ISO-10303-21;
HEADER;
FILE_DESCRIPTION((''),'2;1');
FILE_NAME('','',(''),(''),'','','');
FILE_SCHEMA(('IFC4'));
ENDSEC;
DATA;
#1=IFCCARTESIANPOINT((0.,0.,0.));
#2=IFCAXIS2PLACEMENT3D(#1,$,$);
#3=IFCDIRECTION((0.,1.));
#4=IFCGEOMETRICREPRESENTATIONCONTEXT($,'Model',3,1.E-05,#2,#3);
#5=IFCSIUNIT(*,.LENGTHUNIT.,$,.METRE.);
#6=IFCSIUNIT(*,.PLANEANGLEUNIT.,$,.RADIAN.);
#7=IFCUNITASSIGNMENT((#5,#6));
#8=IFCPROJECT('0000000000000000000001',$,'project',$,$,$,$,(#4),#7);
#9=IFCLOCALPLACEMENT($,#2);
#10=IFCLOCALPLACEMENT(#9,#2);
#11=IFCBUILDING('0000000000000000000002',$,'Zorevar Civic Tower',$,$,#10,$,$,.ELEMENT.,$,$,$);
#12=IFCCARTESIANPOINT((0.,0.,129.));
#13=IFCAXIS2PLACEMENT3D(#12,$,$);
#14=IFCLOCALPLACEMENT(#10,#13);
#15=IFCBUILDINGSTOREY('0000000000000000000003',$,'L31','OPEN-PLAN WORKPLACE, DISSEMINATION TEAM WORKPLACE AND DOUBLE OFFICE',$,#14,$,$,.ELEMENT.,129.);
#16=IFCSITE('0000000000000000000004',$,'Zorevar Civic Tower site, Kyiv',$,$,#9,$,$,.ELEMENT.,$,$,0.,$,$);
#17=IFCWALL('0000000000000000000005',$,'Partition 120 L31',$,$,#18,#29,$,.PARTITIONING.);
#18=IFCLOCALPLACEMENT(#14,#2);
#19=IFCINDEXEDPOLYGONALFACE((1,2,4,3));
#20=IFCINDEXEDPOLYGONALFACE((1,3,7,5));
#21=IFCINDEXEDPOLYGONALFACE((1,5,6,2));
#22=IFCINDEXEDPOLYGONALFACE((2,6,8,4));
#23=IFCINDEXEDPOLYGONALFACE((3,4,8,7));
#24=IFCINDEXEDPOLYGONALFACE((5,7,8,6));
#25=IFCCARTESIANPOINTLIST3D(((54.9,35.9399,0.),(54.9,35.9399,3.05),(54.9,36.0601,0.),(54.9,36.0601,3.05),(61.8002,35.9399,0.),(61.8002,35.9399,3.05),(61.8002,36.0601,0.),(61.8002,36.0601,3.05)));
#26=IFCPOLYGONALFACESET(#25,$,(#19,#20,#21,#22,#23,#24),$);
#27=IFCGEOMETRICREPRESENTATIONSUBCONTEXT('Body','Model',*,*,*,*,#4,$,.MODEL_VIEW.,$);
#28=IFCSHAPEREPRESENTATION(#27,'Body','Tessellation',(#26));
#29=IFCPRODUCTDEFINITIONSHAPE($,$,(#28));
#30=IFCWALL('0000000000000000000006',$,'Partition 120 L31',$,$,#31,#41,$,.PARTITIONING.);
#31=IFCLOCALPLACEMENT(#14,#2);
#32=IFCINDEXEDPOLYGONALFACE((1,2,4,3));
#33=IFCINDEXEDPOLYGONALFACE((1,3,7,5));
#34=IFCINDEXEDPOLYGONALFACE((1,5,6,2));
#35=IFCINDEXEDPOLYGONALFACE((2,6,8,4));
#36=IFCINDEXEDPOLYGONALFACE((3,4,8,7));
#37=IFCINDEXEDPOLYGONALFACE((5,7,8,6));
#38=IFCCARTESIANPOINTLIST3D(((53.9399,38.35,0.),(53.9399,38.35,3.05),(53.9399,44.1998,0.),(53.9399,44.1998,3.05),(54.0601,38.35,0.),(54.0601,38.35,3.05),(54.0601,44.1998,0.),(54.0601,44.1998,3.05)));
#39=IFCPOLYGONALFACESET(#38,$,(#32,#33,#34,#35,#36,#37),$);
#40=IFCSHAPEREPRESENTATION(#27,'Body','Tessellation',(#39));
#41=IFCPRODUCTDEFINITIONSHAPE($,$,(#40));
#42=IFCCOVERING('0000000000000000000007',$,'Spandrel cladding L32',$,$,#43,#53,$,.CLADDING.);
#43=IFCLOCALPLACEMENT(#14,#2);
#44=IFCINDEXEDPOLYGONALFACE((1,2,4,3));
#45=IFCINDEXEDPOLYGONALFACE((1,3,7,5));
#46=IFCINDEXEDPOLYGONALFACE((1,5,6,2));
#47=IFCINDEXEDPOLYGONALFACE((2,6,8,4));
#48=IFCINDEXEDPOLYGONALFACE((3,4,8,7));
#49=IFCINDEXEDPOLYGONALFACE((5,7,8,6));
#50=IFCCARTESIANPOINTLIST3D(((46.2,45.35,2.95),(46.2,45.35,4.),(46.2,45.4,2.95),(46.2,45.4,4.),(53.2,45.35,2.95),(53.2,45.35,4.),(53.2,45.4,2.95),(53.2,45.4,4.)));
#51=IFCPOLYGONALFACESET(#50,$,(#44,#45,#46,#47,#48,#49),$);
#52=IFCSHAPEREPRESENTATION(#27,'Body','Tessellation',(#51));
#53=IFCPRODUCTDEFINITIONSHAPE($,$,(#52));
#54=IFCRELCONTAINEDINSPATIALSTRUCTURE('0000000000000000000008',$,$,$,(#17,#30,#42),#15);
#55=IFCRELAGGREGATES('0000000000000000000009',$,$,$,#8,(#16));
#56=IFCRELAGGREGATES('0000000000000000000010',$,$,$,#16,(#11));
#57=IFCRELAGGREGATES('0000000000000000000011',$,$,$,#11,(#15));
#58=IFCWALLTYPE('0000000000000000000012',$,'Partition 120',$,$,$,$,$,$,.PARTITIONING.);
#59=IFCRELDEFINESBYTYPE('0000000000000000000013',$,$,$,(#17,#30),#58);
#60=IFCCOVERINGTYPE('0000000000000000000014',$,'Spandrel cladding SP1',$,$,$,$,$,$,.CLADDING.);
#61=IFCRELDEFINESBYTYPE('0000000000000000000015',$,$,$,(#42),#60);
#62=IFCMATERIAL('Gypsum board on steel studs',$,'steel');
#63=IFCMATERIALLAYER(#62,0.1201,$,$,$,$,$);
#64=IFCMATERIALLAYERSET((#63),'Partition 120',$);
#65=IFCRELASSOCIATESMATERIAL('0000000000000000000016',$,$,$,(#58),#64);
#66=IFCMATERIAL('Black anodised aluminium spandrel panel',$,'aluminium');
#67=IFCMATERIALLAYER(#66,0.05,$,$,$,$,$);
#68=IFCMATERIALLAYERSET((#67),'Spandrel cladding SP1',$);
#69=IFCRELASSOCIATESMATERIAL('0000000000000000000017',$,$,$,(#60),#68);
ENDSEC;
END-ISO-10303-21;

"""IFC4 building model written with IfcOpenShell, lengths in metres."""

from ifc_helpers import new_model, si_unit, direction, frame, frame_2d, origin, place, context, subcontext, project, spatial, rectangle, extrude, material, layer, layer_set, type_object, element, save


model = new_model("IFC4")

# Units and contexts
model_context = context("Model", 3, precision=1e-05, world=origin(), true_north=direction((0.0, 1.0)))
body_context = subcontext(model_context, "Body", "Model", "MODEL_VIEW")
ifc_project = project(units=[si_unit("LENGTHUNIT", "METRE"), si_unit("PLANEANGLEUNIT", "RADIAN")], contexts=[model_context])

# Site, building, storey
site_placement = place(None, origin())
site = spatial("IfcSite", under=ifc_project, at=site_placement, Name="Zorevar Civic Tower site, Kyiv", CompositionType="ELEMENT", RefElevation=0.0)
building_placement = place(site_placement, origin())
building = spatial("IfcBuilding", under=site, at=building_placement, Name="Zorevar Civic Tower", CompositionType="ELEMENT")
storey_placement = place(building_placement, frame((0.0, 0.0, 129.0)))
storey = spatial("IfcBuildingStorey", under=building, at=storey_placement, Name="L31", Description="OPEN-PLAN WORKPLACE, DISSEMINATION TEAM WORKPLACE AND DOUBLE OFFICE", CompositionType="ELEMENT", Elevation=129.0)

# Walls
ifc_material_1 = material(Name="Gypsum board on steel studs", Category="steel")
ifc_layer_1 = layer(ifc_material_1, 0.1201)
ifc_layer_set_1 = layer_set([ifc_layer_1], Name="Partition 120")
wall_type_1 = type_object("IfcWallType", Name="Partition 120", PredefinedType="PARTITIONING", material=ifc_layer_set_1)
wall_1_placement = place(storey_placement, frame((54.8999, 36.0, 0.0), z_axis=(0.0, 0.0, 1.0), x_axis=(1.0, 0.0, 0.0)))
element("IfcWall", 1, at=wall_1_placement, inside=storey, type_object=wall_type_1, Name="Partition 120 L31", PredefinedType="PARTITIONING", context=body_context, shape_type="SweptSolid", body=[
    extrude(rectangle(XDim=6.9001, YDim=0.1201, at=frame_2d((3.4502, 0.0))), origin(), (0.0, 0.0, 1.0), 3.05),
])
wall_2_placement = place(storey_placement, frame((54.0, 38.3501, 0.0), z_axis=(0.0, 0.0, 1.0), x_axis=(0.0, 1.0, 0.0)))
element("IfcWall", 2, at=wall_2_placement, inside=storey, type_object=wall_type_1, Name="Partition 120 L31", PredefinedType="PARTITIONING", context=body_context, shape_type="SweptSolid", body=[
    extrude(rectangle(XDim=5.8499, YDim=0.1201, at=frame_2d((2.9248, 0.0))), origin(), (0.0, 0.0, 1.0), 3.05),
])

# Covering
ifc_material_2 = material(Name="Black anodised aluminium spandrel panel", Category="aluminium")
ifc_layer_2 = layer(ifc_material_2, 0.05)
ifc_layer_set_2 = layer_set([ifc_layer_2], Name="Spandrel cladding SP1")
covering_type = type_object("IfcCoveringType", Name="Spandrel cladding SP1", PredefinedType="CLADDING", material=ifc_layer_set_2)
covering_placement = place(storey_placement, frame((46.2, 45.375, 2.95), z_axis=(0.0, 0.0, 1.0), x_axis=(1.0, 0.0, 0.0)))
element("IfcCovering", 3, at=covering_placement, inside=storey, type_object=covering_type, Name="Spandrel cladding L32", PredefinedType="CLADDING", context=body_context, shape_type="SweptSolid", body=[
    extrude(rectangle(XDim=7.0, YDim=0.05, at=frame_2d((3.5, 0.0))), origin(), (0.0, 0.0, 1.0), 1.05),
])

save(model, "model.ifc")
